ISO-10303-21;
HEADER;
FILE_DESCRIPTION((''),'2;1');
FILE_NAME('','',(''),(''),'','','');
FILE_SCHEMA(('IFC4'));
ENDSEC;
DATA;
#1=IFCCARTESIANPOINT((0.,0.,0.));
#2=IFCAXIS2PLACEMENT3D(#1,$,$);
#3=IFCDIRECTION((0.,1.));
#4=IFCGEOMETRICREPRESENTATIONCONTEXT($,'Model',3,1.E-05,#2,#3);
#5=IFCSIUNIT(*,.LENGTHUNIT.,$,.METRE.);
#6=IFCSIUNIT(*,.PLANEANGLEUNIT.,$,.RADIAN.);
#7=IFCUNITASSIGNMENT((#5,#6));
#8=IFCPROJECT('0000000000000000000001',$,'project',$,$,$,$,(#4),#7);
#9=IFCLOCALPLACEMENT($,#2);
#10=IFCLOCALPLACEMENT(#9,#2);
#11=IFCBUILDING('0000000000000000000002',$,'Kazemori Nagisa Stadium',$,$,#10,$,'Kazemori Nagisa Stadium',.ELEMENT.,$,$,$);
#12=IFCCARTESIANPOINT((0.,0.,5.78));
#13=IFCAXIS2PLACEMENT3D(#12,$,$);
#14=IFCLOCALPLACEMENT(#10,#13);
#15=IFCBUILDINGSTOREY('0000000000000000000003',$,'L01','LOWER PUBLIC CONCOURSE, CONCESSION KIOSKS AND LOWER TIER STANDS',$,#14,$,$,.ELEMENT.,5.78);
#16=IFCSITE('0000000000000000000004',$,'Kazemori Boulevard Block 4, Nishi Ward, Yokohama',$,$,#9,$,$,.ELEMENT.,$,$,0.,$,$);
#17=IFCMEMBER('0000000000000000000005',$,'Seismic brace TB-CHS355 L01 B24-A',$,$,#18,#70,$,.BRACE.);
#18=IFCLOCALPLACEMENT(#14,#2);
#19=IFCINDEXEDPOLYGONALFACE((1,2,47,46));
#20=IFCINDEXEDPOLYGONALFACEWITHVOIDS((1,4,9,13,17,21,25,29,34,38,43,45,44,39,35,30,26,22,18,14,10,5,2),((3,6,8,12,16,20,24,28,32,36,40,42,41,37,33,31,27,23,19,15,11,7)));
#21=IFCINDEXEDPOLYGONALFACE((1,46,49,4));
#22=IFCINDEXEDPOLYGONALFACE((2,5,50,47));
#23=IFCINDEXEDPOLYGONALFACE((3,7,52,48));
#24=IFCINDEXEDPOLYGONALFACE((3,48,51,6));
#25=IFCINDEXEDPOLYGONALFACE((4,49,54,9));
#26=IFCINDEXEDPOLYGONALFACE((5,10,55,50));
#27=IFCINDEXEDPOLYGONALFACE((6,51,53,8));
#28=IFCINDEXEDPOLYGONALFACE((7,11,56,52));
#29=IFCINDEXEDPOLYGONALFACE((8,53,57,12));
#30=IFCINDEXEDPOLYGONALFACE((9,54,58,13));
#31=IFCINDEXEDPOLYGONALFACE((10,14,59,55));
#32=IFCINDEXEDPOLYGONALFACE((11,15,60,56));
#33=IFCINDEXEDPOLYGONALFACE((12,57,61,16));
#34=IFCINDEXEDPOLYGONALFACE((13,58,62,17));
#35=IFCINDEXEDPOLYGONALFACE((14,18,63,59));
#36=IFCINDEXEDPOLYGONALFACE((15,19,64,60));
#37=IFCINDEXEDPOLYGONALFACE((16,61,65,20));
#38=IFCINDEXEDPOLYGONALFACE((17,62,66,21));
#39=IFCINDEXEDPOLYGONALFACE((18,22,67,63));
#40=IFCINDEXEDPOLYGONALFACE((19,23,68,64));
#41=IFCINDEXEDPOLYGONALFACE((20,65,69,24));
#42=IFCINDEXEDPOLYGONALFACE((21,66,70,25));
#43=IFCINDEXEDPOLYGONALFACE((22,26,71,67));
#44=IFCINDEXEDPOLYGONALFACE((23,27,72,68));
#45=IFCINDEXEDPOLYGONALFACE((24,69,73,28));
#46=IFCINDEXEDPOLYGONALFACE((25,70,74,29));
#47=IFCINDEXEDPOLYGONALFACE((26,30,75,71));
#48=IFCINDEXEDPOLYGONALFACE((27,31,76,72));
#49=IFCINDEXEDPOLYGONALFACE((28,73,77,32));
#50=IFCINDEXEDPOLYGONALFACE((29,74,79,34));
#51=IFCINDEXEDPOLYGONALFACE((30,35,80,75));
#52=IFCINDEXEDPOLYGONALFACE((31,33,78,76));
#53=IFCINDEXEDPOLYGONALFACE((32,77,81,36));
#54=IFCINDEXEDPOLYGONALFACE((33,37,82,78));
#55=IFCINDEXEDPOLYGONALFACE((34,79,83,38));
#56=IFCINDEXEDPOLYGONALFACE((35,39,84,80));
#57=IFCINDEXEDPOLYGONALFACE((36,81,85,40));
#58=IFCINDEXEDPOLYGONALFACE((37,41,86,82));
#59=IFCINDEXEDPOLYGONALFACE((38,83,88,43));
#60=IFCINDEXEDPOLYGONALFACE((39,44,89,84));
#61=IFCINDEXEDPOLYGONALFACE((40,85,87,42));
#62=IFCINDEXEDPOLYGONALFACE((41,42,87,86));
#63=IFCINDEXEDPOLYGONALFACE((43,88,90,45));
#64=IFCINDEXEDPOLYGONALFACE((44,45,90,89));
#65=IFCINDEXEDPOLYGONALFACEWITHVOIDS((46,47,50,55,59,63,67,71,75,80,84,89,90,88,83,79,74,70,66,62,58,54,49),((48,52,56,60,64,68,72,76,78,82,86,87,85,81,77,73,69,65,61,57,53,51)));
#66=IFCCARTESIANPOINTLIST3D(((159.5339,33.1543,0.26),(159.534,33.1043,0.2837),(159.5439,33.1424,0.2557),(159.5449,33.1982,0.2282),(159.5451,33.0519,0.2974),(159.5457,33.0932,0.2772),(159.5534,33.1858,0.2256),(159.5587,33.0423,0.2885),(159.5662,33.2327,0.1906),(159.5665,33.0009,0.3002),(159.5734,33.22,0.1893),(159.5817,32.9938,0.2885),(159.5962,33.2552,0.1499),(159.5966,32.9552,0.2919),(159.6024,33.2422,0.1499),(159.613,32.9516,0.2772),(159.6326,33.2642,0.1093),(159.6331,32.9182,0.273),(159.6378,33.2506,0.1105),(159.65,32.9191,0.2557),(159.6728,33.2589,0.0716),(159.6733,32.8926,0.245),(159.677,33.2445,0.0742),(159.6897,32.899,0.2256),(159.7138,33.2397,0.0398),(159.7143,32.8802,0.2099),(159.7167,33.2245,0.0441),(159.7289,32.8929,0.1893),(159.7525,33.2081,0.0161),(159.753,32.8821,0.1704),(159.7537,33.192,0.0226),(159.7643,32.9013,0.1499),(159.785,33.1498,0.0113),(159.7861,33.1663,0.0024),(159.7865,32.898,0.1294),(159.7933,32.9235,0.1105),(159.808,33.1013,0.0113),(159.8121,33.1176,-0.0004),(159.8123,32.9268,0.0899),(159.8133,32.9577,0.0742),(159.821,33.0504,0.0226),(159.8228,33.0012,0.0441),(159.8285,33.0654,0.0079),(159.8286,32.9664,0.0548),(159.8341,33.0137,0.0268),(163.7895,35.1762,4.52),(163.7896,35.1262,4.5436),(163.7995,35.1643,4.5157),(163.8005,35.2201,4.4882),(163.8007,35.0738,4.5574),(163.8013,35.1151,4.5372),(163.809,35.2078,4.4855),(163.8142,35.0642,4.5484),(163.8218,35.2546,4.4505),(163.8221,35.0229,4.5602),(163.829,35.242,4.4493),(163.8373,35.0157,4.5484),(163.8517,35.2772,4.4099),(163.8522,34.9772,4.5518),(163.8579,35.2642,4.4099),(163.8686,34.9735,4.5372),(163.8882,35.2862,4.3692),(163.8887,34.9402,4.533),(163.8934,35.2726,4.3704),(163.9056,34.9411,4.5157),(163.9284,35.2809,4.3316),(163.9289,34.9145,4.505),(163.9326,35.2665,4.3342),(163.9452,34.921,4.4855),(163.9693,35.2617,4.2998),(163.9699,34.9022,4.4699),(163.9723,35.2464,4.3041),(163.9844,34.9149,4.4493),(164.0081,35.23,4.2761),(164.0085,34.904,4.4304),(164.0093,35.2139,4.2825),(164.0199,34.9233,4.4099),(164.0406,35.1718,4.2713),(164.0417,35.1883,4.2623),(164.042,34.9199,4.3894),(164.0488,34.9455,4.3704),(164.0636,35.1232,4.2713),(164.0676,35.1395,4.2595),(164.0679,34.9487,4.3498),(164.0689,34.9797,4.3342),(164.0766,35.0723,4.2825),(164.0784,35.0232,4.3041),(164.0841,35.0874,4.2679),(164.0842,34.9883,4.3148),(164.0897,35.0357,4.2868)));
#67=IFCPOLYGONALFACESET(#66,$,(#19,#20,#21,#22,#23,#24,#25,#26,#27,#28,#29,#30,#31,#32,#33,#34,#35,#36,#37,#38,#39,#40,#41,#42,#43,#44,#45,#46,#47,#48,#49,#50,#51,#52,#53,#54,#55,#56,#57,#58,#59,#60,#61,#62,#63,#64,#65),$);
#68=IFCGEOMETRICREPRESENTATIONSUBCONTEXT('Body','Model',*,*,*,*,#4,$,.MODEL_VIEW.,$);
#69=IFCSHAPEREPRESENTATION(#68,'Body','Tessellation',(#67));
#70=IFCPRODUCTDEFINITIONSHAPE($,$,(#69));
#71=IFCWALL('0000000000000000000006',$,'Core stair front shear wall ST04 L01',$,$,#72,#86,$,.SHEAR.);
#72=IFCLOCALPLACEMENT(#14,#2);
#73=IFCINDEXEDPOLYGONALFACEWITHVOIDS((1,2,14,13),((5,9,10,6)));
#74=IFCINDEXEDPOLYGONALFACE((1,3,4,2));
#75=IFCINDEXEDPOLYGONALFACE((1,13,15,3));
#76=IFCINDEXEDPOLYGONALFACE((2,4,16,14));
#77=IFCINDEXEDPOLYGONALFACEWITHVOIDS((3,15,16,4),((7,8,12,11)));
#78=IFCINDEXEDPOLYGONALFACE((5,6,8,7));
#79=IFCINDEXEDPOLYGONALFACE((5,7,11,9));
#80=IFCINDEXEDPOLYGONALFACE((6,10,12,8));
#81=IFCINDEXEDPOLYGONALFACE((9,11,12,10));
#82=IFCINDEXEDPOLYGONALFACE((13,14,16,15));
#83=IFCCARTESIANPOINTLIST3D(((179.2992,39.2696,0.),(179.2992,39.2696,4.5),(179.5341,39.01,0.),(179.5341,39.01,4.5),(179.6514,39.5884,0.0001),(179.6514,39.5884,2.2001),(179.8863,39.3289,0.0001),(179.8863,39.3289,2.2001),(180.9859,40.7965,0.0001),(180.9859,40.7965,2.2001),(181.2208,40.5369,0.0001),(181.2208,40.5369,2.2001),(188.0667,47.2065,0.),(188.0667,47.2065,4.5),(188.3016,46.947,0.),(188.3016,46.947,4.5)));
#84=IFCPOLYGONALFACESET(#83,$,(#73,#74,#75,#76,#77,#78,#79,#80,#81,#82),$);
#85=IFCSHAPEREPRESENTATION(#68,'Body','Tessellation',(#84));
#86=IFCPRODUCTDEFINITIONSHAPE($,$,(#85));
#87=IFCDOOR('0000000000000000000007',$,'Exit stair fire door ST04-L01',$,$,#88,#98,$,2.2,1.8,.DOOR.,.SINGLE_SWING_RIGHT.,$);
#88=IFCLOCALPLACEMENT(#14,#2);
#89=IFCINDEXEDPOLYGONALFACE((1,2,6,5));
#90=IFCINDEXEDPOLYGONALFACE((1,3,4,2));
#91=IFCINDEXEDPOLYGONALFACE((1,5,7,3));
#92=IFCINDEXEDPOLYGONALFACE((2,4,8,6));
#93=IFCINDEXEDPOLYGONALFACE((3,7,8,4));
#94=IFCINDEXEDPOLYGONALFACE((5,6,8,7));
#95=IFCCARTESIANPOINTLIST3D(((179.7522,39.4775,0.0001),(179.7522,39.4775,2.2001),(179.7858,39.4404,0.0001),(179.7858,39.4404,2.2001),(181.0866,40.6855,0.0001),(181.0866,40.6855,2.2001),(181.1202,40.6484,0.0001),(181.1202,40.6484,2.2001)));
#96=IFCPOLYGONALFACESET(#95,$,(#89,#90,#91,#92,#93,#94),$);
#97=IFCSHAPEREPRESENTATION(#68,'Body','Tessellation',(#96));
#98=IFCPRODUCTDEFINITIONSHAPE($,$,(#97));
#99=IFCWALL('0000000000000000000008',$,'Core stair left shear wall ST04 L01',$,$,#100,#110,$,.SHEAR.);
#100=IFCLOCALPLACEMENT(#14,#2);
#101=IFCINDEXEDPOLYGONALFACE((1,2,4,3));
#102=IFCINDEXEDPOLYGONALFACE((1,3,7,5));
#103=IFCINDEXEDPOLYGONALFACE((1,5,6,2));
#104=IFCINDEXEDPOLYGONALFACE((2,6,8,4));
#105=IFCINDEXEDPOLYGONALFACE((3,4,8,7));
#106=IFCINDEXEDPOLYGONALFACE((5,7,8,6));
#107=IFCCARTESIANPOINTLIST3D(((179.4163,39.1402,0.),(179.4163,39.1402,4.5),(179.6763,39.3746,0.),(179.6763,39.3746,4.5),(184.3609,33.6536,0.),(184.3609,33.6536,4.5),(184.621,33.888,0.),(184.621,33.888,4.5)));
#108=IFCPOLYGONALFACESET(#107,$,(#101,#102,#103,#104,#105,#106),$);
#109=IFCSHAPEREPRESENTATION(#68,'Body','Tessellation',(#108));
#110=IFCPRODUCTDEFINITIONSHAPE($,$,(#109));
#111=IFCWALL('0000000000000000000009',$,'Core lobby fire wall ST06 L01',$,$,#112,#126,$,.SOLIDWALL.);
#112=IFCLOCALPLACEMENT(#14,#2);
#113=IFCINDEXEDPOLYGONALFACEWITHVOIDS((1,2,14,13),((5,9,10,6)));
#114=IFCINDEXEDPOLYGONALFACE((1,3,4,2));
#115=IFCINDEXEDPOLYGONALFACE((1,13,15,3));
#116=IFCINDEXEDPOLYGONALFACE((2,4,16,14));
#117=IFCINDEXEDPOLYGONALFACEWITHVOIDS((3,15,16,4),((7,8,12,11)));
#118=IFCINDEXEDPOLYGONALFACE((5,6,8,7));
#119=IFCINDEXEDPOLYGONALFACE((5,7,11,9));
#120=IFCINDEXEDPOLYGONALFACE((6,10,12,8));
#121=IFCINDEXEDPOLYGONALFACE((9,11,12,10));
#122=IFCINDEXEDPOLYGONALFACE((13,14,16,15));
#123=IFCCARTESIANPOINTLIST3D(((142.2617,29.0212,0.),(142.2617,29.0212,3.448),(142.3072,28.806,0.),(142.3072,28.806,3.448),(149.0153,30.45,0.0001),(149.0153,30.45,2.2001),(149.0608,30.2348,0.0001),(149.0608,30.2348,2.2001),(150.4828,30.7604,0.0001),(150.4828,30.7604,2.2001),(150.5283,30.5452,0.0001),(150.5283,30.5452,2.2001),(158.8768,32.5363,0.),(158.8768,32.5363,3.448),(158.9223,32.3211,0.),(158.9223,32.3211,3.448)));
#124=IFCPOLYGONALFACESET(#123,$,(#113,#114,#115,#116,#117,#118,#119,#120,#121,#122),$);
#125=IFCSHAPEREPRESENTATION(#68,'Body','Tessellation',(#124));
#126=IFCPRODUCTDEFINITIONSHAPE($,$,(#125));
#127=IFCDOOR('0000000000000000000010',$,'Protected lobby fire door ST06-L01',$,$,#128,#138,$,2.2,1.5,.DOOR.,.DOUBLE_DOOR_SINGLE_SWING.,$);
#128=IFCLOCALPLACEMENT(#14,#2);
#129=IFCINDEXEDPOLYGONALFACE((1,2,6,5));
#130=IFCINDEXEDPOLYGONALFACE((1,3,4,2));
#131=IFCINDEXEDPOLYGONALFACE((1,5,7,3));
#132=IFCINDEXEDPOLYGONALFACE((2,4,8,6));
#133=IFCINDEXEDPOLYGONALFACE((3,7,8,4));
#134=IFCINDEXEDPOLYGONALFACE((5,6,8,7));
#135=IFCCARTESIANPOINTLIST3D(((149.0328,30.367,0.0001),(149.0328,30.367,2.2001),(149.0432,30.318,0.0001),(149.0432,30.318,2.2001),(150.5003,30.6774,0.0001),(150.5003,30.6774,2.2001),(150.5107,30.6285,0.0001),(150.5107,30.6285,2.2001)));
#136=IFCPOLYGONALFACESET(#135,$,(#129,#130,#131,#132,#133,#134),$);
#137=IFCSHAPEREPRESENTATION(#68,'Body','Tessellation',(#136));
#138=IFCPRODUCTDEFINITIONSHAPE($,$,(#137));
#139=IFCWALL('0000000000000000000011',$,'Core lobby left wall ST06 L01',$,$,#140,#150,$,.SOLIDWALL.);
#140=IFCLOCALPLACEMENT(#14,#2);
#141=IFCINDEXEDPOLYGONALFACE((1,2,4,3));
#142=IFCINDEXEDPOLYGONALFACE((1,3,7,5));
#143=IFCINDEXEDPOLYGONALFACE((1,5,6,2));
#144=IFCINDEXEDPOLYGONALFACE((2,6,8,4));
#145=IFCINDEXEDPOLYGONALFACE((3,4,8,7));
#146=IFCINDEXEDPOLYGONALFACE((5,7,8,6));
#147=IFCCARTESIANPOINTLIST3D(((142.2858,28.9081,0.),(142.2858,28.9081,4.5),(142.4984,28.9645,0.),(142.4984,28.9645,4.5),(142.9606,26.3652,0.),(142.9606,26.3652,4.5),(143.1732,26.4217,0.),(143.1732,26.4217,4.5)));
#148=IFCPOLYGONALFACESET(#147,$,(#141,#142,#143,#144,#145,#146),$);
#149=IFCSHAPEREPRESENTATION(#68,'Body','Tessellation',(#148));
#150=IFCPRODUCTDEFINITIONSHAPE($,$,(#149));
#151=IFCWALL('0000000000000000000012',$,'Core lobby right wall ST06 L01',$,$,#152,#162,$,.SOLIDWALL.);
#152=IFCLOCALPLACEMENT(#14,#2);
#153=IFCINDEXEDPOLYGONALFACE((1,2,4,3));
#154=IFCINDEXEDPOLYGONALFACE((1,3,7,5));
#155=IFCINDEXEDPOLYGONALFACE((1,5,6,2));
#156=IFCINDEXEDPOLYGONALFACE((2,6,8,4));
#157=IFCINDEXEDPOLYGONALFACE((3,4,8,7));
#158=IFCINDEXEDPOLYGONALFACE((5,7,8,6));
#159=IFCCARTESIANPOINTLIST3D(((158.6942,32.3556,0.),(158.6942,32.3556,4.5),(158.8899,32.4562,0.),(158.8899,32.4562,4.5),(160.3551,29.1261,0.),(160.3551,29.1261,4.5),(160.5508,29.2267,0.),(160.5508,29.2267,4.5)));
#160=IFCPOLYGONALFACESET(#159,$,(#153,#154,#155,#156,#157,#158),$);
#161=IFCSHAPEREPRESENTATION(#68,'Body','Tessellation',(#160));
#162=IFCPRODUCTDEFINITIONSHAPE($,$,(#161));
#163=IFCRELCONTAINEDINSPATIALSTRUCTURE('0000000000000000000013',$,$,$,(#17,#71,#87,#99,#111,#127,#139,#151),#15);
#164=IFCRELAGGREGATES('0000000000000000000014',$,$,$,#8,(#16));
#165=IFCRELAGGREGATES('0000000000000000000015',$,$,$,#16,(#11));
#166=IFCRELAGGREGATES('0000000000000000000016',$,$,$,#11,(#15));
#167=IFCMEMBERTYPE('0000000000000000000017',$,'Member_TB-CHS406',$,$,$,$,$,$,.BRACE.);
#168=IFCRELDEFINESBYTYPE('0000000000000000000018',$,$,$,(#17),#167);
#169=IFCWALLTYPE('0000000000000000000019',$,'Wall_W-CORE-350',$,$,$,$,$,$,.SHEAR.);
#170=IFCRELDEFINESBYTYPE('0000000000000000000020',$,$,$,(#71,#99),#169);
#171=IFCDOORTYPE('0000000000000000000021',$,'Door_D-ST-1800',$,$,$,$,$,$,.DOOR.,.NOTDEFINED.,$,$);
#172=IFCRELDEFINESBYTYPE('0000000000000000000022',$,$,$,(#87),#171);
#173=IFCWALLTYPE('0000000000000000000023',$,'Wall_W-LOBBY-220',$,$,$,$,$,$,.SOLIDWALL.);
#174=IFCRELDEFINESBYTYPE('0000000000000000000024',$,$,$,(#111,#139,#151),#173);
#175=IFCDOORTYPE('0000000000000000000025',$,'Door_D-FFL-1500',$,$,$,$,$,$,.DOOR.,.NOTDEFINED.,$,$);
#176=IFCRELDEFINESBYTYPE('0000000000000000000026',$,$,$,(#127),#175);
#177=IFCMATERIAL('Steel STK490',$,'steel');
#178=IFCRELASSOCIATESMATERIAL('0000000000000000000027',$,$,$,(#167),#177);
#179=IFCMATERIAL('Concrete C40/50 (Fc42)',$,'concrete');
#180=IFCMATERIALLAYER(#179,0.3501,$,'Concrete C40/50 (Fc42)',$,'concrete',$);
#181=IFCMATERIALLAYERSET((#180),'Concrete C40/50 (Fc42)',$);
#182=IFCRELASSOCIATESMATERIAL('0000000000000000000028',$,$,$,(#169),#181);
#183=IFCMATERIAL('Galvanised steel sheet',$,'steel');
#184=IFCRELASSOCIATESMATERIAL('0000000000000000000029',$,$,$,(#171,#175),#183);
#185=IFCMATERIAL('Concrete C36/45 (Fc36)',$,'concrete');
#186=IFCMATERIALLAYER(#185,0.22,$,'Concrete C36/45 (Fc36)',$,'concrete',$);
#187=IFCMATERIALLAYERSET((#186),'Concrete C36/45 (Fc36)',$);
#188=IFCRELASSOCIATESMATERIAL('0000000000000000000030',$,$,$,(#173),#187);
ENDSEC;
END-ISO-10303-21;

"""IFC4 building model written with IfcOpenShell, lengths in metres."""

from ifc_helpers import new_model, si_unit, direction, frame, frame_2d, origin, origin_2d, place, context, subcontext, project, spatial, rectangle, hollow_circle, extrude, material, layer, layer_set, material_profile, profile_set, type_object, element, fill, save


model = new_model("IFC4")

# Units and contexts
model_context = context("Model", 3, precision=1e-05, world=origin(), true_north=direction((0.0, 1.0)))
body_context = subcontext(model_context, "Body", "Model", "MODEL_VIEW")
ifc_project = project(units=[si_unit("LENGTHUNIT", "METRE"), si_unit("PLANEANGLEUNIT", "RADIAN")], contexts=[model_context])

# Site, building, storey
site_placement = place(None, origin())
site = spatial("IfcSite", under=ifc_project, at=site_placement, Name="Kazemori Boulevard Block 4, Nishi Ward, Yokohama", CompositionType="ELEMENT", RefElevation=0.0)
building_placement = place(site_placement, origin())
building = spatial("IfcBuilding", under=site, at=building_placement, Name="Kazemori Nagisa Stadium", LongName="Kazemori Nagisa Stadium", CompositionType="ELEMENT")
storey_placement = place(building_placement, frame((0.0, 0.0, 5.78)))
storey = spatial("IfcBuildingStorey", under=building, at=storey_placement, Name="L01", Description="LOWER PUBLIC CONCOURSE, CONCESSION KIOSKS AND LOWER TIER STANDS", CompositionType="ELEMENT", Elevation=5.78)

# Shared definitions
ifc_material_1 = material(Name="Concrete C40/50 (Fc42)", Category="concrete")

# Member
ifc_material_2 = material(Name="Steel STK490", Category="steel")
ifc_material_profile_1 = material_profile(ifc_material_2, hollow_circle(Radius=0.2031, WallThickness=0.0144, at=origin_2d()), Name="CHS-406.4x14.3")
ifc_profile_set_1 = profile_set([ifc_material_profile_1], Name="Steel STK490")
member_type_1 = type_object("IfcMemberType", Name="Member_TB-CHS406", PredefinedType="BRACE", material=ifc_profile_set_1)
member_1_placement = place(storey_placement, frame((159.6833, 33.0718, 0.1499), z_axis=(0.669978, 0.318327, 0.67067), x_axis=(-0.429153, 0.903232, 0.0)))
element("IfcMember", 1, at=member_1_placement, inside=storey, type_object=member_type_1, Name="Seismic brace TB-CHS355 L01 B24-A", PredefinedType="BRACE", context=body_context, shape_type="SweptSolid", body=[
    extrude(hollow_circle(Radius=0.2031, WallThickness=0.0144, at=origin_2d()), origin(), (0.0, 0.0, 1.0), 6.3518),
])

# Wall, opening, door
ifc_layer_1 = layer(ifc_material_1, 0.3501, Name="Concrete C40/50 (Fc42)", Category="concrete")
ifc_layer_set_1 = layer_set([ifc_layer_1], Name="Concrete C40/50 (Fc42)")
wall_type_1 = type_object("IfcWallType", Name="Wall_W-CORE-350", PredefinedType="SHEAR", material=ifc_layer_set_1)
wall_1_placement = place(storey_placement, frame((179.4167, 39.1399, 0.0), z_axis=(0.0, 0.0, 1.0), x_axis=(0.741349, 0.67112, 0.0)))
wall_1 = element("IfcWall", 2, at=wall_1_placement, inside=storey, type_object=wall_type_1, Name="Core stair front shear wall ST04 L01", PredefinedType="SHEAR", context=body_context, shape_type="SweptSolid", body=[
    extrude(rectangle(XDim=11.8264, YDim=0.3501, at=frame_2d((5.9131, 0.0))), origin(), (0.0, 0.0, 1.0), 4.5),
])
opening_1_placement = place(wall_1_placement, frame((0.4751, 0.0, 0.0)))
opening_1 = element("IfcOpeningElement", 3, at=opening_1_placement, cuts=wall_1, PredefinedType="OPENING", context=body_context, shape_type="SweptSolid", body=[
    extrude(rectangle(XDim=1.8, YDim=2.2, at=frame_2d((0.8999, 1.1001))), frame((0.0, 0.1851, 0.0), z_axis=(0.0, -1.0, 0.0), x_axis=(1.0, 0.0, 0.0)), (0.0, 0.0, 1.0), 0.3701),
])
ifc_material_3 = material(Name="Galvanised steel sheet", Category="steel")
door_type_1 = type_object("IfcDoorType", Name="Door_D-ST-1800", OperationType="NOTDEFINED", PredefinedType="DOOR", material=ifc_material_3)
door_1_placement = place(opening_1_placement, frame((1.8, 0.0, 0.0), z_axis=(0.0, 0.0, 1.0), x_axis=(-1.0, 0.0, 0.0)))
door_1 = element("IfcDoor", 4, at=door_1_placement, inside=storey, type_object=door_type_1, Name="Exit stair fire door ST04-L01", OperationType="SINGLE_SWING_RIGHT", OverallHeight=2.2, OverallWidth=1.8, PredefinedType="DOOR", context=body_context, shape_type="SweptSolid", body=[
    extrude(rectangle(XDim=1.8, YDim=2.2, at=frame_2d((0.8999, 1.1001))), frame((0.0, 0.0249, 0.0), z_axis=(0.0, -1.0, 0.0), x_axis=(1.0, 0.0, 0.0)), (0.0, 0.0, 1.0), 0.05),
])
fill(opening_1, door_1)

# Wall
wall_2_placement = place(storey_placement, frame((179.5464, 39.2573, 0.0), z_axis=(0.0, 0.0, 1.0), x_axis=(0.669463, -0.742845, 0.0)))
element("IfcWall", 5, at=wall_2_placement, inside=storey, type_object=wall_type_1, Name="Core stair left shear wall ST04 L01", PredefinedType="SHEAR", context=body_context, shape_type="SweptSolid", body=[
    extrude(rectangle(XDim=7.386, YDim=0.3501, at=frame_2d((3.6929, 0.0))), origin(), (0.0, 0.0, 1.0), 4.5),
])

# Wall, opening, door
ifc_material_4 = material(Name="Concrete C36/45 (Fc36)", Category="concrete")
ifc_layer_2 = layer(ifc_material_4, 0.22, Name="Concrete C36/45 (Fc36)", Category="concrete")
ifc_layer_set_2 = layer_set([ifc_layer_2], Name="Concrete C36/45 (Fc36)")
wall_type_2 = type_object("IfcWallType", Name="Wall_W-LOBBY-220", PredefinedType="SOLIDWALL", material=ifc_layer_set_2)
wall_3_placement = place(storey_placement, frame((142.2844, 28.9136, 0.0), z_axis=(0.0, 0.0, 1.0), x_axis=(0.978345, 0.20698, 0.0)))
wall_3 = element("IfcWall", 6, at=wall_3_placement, inside=storey, type_object=wall_type_2, Name="Core lobby fire wall ST06 L01", PredefinedType="SOLIDWALL", context=body_context, shape_type="SweptSolid", body=[
    extrude(rectangle(XDim=16.9829, YDim=0.22, at=frame_2d((8.4915, 0.0))), origin(), (0.0, 0.0, 1.0), 3.448),
])
opening_2_placement = place(wall_3_placement, frame((6.9031, 0.0, 0.0)))
opening_2 = element("IfcOpeningElement", 7, at=opening_2_placement, cuts=wall_3, PredefinedType="OPENING", context=body_context, shape_type="SweptSolid", body=[
    extrude(rectangle(XDim=1.5, YDim=2.2, at=frame_2d((0.75, 1.1001))), frame((0.0, 0.1199, 0.0), z_axis=(0.0, -1.0, 0.0), x_axis=(1.0, 0.0, 0.0)), (0.0, 0.0, 1.0), 0.24),
])
door_type_2 = type_object("IfcDoorType", Name="Door_D-FFL-1500", OperationType="NOTDEFINED", PredefinedType="DOOR", material=ifc_material_3)
door_2_placement = place(opening_2_placement, frame((1.5, 0.0, 0.0), z_axis=(0.0, 0.0, 1.0), x_axis=(-1.0, 0.0, 0.0)))
door_2 = element("IfcDoor", 8, at=door_2_placement, inside=storey, type_object=door_type_2, Name="Protected lobby fire door ST06-L01", OperationType="DOUBLE_DOOR_SINGLE_SWING", OverallHeight=2.2, OverallWidth=1.5, PredefinedType="DOOR", context=body_context, shape_type="SweptSolid", body=[
    extrude(rectangle(XDim=1.5, YDim=2.2, at=frame_2d((0.75, 1.1001))), frame((0.0, 0.0249, 0.0), z_axis=(0.0, -1.0, 0.0), x_axis=(1.0, 0.0, 0.0)), (0.0, 0.0, 1.0), 0.05),
])
fill(opening_2, door_2)

# Walls
wall_4_placement = place(storey_placement, frame((142.3921, 28.9363, 0.0), z_axis=(0.0, 0.0, 1.0), x_axis=(0.256507, -0.966542, 0.0)))
element("IfcWall", 9, at=wall_4_placement, inside=storey, type_object=wall_type_2, Name="Core lobby left wall ST06 L01", PredefinedType="SOLIDWALL", context=body_context, shape_type="SweptSolid", body=[
    extrude(rectangle(XDim=2.6309, YDim=0.22, at=frame_2d((1.3154, 0.0))), origin(), (0.0, 0.0, 1.0), 4.5),
])
wall_5_placement = place(storey_placement, frame((158.792, 32.406, 0.0), z_axis=(0.0, 0.0, 1.0), x_axis=(0.45735, -0.889287, 0.0)))
element("IfcWall", 10, at=wall_5_placement, inside=storey, type_object=wall_type_2, Name="Core lobby right wall ST06 L01", PredefinedType="SOLIDWALL", context=body_context, shape_type="SweptSolid", body=[
    extrude(rectangle(XDim=3.6316, YDim=0.22, at=frame_2d((1.8159, 0.0))), origin(), (0.0, 0.0, 1.0), 4.5),
])

save(model, "model.ifc")
